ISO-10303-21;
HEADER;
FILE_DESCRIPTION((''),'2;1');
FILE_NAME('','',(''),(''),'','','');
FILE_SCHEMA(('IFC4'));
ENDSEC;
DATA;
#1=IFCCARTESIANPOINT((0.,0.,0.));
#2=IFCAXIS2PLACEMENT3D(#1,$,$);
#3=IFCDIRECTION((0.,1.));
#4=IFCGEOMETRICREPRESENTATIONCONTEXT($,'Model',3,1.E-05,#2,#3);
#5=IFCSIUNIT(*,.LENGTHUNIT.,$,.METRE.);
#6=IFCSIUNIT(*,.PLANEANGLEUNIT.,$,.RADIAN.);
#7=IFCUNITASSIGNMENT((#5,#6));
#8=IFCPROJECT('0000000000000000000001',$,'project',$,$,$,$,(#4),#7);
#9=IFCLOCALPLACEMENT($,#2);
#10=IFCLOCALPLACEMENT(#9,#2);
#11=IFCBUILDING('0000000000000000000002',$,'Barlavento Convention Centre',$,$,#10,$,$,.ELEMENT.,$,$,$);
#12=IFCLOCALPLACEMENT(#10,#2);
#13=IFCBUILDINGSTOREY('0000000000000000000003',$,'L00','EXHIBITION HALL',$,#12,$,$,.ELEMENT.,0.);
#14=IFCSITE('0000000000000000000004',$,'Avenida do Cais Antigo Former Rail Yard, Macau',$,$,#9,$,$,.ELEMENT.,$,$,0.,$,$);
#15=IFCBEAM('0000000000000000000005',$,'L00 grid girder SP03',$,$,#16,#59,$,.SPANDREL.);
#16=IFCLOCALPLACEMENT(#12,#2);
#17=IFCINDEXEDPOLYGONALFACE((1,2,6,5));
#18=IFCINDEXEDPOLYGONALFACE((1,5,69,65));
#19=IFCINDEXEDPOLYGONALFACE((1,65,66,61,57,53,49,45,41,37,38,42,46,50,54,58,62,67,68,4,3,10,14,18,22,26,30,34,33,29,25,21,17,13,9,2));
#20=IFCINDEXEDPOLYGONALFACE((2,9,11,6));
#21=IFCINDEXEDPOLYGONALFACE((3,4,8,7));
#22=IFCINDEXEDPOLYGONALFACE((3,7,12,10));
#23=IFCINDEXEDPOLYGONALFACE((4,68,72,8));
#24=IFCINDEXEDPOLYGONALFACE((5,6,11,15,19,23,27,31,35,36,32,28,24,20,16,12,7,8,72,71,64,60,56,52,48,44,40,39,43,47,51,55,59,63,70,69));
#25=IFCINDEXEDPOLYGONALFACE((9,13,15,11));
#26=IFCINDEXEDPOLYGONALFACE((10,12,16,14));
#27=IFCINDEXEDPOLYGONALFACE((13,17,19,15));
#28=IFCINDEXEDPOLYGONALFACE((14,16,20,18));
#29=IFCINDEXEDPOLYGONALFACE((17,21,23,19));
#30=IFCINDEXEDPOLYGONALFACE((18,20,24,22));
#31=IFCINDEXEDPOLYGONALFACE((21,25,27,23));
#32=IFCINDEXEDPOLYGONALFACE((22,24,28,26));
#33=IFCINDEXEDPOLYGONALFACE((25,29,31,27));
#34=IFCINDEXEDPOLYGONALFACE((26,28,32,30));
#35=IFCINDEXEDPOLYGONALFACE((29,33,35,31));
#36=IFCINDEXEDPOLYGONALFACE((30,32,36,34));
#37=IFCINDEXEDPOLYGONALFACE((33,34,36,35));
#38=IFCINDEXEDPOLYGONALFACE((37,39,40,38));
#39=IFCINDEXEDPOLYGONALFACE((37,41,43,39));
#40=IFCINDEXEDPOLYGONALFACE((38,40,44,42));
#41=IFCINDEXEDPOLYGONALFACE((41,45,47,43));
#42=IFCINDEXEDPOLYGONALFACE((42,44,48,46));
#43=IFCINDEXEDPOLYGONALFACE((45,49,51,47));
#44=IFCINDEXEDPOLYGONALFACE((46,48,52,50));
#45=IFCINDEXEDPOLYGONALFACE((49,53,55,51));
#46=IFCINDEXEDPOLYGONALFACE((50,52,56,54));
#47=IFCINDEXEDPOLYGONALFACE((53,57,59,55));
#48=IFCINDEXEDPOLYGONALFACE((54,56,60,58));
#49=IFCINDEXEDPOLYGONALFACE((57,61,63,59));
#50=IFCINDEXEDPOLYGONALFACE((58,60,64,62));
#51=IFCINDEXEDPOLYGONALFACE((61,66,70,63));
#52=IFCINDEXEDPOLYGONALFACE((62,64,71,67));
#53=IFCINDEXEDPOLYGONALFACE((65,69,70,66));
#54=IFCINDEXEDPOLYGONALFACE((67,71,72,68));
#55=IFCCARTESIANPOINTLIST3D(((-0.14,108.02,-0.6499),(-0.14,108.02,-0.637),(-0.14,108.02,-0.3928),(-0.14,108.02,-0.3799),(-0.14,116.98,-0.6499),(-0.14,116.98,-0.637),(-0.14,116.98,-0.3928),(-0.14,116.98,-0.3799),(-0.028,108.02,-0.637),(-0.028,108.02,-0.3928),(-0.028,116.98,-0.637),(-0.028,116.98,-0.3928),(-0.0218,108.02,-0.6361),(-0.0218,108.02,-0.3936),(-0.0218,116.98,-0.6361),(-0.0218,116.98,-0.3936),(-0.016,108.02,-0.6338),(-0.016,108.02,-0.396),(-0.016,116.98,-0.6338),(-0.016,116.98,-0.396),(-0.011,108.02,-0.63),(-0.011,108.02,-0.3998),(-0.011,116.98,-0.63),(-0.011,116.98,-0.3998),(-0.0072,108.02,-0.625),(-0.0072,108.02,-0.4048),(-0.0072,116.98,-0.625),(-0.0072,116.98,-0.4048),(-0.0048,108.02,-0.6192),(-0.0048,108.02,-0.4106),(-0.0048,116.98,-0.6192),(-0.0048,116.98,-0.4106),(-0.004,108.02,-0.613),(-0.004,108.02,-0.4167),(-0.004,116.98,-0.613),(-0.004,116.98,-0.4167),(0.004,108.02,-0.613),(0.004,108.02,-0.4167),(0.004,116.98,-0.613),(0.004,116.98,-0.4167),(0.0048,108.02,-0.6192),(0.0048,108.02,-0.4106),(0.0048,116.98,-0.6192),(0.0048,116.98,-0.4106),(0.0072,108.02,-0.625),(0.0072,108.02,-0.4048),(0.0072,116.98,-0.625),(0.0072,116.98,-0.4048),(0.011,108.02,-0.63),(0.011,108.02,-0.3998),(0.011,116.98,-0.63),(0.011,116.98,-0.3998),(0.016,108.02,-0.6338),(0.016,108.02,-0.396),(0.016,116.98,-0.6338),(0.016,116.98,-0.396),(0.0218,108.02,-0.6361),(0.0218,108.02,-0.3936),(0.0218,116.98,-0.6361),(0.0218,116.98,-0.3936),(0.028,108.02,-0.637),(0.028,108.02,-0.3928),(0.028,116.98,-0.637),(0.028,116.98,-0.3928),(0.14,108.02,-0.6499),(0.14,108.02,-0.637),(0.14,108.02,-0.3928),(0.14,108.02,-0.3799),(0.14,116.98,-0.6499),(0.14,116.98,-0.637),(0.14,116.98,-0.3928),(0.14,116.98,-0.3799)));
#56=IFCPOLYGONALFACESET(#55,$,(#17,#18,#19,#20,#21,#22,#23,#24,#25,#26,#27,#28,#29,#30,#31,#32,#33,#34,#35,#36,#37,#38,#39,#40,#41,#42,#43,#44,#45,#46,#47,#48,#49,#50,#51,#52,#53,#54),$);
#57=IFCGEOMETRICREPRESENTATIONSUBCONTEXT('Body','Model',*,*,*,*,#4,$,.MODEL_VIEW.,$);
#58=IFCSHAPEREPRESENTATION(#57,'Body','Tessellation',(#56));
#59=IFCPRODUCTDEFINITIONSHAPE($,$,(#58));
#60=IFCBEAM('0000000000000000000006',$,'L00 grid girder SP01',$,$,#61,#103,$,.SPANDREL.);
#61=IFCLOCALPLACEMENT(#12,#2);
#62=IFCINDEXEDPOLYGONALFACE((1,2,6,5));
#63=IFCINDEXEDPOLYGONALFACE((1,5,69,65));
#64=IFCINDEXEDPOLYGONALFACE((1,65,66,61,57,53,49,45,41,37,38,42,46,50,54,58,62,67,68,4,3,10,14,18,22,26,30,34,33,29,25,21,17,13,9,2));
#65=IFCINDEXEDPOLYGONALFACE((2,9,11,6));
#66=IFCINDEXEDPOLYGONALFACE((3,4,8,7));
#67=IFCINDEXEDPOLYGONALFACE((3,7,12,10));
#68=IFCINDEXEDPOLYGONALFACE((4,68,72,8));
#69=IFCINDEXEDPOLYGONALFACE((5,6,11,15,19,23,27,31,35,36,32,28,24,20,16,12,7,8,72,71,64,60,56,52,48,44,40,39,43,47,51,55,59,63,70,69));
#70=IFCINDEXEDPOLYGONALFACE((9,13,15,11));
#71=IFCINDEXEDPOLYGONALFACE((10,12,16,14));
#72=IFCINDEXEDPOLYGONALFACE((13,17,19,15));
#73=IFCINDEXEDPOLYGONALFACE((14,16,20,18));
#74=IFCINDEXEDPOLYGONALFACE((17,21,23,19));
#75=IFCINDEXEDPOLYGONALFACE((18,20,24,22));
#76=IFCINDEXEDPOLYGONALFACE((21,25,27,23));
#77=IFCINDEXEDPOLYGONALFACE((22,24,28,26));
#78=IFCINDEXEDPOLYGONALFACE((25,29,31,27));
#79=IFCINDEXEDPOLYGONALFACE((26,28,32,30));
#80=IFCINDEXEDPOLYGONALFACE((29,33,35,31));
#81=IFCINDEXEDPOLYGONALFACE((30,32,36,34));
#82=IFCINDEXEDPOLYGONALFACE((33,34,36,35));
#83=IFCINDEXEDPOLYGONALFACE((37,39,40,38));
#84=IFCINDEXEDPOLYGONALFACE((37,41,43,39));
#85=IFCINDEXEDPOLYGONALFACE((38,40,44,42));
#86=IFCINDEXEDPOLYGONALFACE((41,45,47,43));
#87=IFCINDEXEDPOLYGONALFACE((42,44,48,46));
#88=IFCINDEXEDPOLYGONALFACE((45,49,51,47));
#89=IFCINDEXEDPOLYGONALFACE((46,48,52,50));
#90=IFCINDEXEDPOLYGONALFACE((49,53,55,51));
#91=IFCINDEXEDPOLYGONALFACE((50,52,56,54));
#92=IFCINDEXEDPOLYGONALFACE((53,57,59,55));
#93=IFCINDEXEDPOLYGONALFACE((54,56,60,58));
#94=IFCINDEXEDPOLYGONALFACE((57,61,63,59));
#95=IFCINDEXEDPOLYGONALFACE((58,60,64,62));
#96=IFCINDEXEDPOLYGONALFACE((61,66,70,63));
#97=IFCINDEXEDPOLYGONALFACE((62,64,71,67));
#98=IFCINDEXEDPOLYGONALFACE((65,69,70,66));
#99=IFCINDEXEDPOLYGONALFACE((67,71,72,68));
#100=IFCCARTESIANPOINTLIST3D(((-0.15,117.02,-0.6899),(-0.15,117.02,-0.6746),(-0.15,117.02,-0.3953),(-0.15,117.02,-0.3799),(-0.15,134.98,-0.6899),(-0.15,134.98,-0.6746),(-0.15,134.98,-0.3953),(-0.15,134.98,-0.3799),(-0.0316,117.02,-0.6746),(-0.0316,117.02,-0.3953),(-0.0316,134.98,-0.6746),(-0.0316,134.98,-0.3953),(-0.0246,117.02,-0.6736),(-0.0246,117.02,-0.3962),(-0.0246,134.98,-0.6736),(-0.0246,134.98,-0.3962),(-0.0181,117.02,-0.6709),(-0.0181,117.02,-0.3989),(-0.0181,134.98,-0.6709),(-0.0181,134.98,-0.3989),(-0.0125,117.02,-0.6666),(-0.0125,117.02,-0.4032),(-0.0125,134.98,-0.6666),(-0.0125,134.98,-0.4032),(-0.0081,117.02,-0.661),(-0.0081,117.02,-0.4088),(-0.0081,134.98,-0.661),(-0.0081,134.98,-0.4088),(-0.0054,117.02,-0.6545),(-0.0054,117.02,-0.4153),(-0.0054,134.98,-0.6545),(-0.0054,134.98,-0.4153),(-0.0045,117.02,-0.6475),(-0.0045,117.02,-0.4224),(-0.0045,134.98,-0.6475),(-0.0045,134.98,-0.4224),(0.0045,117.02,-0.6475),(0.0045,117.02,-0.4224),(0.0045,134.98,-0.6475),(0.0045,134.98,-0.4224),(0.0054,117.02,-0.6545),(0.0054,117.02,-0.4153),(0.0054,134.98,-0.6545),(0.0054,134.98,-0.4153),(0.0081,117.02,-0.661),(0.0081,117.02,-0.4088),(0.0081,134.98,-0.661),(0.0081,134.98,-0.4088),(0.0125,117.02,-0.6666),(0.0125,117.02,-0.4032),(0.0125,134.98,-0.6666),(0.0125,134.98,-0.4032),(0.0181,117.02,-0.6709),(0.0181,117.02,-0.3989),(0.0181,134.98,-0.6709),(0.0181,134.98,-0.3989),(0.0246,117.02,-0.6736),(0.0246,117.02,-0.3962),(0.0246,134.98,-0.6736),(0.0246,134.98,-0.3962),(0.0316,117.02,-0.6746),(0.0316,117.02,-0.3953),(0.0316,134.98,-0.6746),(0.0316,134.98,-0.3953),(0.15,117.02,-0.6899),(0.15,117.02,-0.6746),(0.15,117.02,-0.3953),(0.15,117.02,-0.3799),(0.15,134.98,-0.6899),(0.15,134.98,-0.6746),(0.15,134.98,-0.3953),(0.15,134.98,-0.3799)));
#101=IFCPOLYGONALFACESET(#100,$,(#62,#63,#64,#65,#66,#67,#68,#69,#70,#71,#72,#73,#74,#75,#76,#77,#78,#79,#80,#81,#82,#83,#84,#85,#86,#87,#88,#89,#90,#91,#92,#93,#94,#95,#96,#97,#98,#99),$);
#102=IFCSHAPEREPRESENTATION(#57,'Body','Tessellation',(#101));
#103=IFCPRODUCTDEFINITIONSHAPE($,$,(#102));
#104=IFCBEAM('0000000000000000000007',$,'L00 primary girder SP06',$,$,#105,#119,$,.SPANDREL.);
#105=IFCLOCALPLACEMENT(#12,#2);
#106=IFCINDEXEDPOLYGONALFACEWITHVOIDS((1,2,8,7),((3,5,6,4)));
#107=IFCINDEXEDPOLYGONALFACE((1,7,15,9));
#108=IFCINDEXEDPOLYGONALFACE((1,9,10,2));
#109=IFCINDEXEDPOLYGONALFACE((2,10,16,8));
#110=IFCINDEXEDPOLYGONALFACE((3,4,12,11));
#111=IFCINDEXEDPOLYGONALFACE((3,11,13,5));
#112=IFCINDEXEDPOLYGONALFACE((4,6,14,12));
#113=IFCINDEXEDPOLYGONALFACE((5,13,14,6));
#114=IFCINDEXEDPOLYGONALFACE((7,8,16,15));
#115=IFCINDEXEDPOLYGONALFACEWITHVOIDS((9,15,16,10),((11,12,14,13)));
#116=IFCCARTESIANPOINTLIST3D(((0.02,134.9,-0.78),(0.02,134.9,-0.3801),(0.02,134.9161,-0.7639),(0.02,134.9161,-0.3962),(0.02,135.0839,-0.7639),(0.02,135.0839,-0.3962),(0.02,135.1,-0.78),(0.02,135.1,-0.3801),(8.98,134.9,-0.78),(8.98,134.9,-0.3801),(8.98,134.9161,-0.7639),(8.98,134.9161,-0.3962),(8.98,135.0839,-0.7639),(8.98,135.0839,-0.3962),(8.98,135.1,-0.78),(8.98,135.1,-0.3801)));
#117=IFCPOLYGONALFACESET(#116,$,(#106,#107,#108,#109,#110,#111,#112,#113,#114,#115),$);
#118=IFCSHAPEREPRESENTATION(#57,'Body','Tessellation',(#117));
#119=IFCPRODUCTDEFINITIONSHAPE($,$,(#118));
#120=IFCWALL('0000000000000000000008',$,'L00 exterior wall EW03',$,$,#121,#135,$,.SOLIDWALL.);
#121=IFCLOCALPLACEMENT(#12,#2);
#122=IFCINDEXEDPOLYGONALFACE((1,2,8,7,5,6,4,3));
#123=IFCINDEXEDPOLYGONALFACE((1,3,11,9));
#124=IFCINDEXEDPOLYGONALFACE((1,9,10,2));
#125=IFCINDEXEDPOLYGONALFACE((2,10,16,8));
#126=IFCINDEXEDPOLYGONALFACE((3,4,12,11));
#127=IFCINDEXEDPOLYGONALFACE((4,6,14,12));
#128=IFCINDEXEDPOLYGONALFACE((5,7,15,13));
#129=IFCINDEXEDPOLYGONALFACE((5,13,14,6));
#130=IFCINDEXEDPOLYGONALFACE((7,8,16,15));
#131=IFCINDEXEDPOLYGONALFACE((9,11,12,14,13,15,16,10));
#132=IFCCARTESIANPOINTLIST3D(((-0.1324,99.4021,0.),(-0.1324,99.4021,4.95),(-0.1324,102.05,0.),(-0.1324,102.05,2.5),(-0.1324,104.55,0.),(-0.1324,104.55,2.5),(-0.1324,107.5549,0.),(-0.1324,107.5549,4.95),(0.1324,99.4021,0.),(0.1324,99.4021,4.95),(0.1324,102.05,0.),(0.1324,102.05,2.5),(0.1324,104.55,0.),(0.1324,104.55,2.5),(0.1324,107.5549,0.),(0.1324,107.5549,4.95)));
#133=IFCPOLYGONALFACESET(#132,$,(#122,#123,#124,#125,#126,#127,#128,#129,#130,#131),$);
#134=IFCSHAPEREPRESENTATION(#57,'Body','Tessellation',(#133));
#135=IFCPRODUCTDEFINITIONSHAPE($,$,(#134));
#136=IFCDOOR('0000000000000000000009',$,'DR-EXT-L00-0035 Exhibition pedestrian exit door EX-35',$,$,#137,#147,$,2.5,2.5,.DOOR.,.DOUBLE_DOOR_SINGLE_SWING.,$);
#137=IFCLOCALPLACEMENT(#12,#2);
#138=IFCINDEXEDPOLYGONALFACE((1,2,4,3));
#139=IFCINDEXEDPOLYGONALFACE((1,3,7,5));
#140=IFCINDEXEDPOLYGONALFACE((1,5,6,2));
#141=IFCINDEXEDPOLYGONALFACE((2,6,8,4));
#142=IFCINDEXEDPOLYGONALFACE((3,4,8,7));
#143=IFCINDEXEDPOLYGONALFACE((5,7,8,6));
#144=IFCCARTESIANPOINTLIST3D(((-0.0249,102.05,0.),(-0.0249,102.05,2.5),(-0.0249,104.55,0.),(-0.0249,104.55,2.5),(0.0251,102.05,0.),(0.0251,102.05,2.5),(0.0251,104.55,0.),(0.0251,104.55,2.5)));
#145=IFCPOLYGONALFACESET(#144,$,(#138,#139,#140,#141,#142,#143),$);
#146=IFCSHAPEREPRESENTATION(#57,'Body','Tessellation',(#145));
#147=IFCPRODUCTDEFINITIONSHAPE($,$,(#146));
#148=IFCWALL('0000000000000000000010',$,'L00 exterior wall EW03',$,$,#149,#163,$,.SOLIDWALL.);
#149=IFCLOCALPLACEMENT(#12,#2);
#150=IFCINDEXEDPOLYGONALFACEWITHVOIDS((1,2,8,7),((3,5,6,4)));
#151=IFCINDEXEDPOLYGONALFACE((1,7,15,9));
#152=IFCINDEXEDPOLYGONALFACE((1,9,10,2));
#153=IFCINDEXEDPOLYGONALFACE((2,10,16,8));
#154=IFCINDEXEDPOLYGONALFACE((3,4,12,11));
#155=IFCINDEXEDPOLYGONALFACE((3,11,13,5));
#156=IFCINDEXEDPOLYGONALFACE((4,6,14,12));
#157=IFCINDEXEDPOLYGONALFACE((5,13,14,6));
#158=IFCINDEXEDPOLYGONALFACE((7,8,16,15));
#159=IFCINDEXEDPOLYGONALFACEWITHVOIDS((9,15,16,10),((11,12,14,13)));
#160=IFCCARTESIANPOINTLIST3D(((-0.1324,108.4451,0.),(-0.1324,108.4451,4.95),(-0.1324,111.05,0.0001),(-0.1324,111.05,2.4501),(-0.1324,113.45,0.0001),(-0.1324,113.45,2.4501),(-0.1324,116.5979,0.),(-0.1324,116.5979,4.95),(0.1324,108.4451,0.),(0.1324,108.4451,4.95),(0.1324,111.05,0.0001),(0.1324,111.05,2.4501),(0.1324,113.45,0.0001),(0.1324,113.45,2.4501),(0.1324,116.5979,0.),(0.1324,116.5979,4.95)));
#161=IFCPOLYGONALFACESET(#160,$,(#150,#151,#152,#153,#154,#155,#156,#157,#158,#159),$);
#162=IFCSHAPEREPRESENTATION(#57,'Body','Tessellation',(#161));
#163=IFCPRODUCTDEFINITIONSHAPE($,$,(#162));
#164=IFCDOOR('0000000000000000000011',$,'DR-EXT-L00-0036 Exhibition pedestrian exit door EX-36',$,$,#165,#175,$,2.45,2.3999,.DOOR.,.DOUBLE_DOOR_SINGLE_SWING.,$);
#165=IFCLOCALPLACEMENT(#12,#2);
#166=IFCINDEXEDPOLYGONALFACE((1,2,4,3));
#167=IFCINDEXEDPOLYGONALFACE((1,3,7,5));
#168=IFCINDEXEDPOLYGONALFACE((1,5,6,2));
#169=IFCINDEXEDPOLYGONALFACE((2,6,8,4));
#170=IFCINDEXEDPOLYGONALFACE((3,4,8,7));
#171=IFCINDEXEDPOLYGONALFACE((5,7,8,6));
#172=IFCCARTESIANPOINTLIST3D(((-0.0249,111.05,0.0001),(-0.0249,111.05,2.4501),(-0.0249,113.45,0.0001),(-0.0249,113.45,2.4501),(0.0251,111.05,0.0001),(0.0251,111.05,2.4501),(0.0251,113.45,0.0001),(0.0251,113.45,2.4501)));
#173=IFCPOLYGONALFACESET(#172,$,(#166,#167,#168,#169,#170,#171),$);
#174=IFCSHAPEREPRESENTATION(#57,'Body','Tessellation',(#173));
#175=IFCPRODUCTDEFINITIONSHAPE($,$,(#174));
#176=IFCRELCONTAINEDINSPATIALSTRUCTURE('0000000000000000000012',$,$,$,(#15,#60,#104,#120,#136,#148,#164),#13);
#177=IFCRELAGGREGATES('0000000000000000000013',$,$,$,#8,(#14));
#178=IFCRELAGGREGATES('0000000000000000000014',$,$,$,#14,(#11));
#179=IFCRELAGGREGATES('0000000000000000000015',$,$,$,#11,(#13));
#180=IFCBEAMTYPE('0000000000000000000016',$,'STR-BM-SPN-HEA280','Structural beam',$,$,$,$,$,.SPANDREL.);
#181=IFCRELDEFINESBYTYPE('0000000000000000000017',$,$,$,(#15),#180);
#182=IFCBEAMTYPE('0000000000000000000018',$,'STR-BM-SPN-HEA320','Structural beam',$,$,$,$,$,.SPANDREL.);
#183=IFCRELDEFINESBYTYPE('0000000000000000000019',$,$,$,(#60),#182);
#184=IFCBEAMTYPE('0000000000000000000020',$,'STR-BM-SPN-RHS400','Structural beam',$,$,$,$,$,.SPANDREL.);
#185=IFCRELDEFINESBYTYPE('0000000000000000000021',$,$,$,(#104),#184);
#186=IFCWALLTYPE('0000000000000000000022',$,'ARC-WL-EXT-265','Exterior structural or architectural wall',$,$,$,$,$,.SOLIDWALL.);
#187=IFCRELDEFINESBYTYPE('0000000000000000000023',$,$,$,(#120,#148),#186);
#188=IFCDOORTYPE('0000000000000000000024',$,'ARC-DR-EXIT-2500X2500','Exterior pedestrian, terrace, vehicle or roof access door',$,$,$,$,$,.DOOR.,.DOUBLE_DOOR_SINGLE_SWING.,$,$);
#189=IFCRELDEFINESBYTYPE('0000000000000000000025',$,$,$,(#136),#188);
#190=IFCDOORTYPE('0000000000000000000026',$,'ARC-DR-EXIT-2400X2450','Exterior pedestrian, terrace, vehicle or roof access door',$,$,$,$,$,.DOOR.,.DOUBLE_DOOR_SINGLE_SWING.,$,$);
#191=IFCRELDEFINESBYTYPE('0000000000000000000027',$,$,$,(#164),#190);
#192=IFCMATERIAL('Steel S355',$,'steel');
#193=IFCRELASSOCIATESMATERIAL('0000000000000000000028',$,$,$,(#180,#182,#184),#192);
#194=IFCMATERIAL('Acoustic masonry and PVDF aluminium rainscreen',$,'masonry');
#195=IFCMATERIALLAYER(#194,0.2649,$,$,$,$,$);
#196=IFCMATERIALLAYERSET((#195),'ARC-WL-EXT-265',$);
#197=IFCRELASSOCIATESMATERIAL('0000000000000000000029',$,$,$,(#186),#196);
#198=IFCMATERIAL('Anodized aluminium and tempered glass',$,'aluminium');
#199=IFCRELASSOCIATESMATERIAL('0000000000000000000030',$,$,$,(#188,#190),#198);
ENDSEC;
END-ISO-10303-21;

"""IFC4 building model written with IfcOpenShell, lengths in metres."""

from ifc_helpers import new_model, si_unit, direction, frame, frame_2d, origin, origin_2d, place, context, subcontext, project, spatial, rectangle, hollow_rectangle, i_section, extrude, material, layer, layer_set, material_profile, profile_set, type_object, element, fill, save


model = new_model("IFC4")

# Units and contexts
model_context = context("Model", 3, precision=1e-05, world=origin(), true_north=direction((0.0, 1.0)))
body_context = subcontext(model_context, "Body", "Model", "MODEL_VIEW")
ifc_project = project(units=[si_unit("LENGTHUNIT", "METRE"), si_unit("PLANEANGLEUNIT", "RADIAN")], contexts=[model_context])

# Site, building, storey
site_placement = place(None, origin())
site = spatial("IfcSite", under=ifc_project, at=site_placement, Name="Avenida do Cais Antigo Former Rail Yard, Macau", CompositionType="ELEMENT", RefElevation=0.0)
building_placement = place(site_placement, origin())
building = spatial("IfcBuilding", under=site, at=building_placement, Name="Barlavento Convention Centre", CompositionType="ELEMENT")
storey_placement = place(building_placement, origin())
storey = spatial("IfcBuildingStorey", under=building, at=storey_placement, Name="L00", Description="EXHIBITION HALL", CompositionType="ELEMENT", Elevation=0.0)

# Beams
ifc_material_1 = material(Name="Steel S355", Category="steel")
ifc_material_profile_1 = material_profile(ifc_material_1, i_section(OverallWidth=0.28, OverallDepth=0.27, WebThickness=0.0081, FlangeThickness=0.0129, FilletRadius=0.0239, at=origin_2d()), Name="HEA 280")
ifc_profile_set_1 = profile_set([ifc_material_profile_1], Name="Steel S355")
beam_type_1 = type_object("IfcBeamType", Name="STR-BM-SPN-HEA280", Description="Structural beam", PredefinedType="SPANDREL", material=ifc_profile_set_1)
beam_1_placement = place(storey_placement, frame((0.0, 108.02, -0.5149), z_axis=(0.0, 1.0, 0.0), x_axis=(-1.0, 0.0, 0.0)))
element("IfcBeam", 1, at=beam_1_placement, inside=storey, type_object=beam_type_1, Name="L00 grid girder SP03", PredefinedType="SPANDREL", context=body_context, shape_type="SweptSolid", body=[
    extrude(i_section(OverallWidth=0.28, OverallDepth=0.27, WebThickness=0.0081, FlangeThickness=0.0129, FilletRadius=0.0239, at=origin_2d()), origin(), (0.0, 0.0, 1.0), 8.96),
])
ifc_material_profile_2 = material_profile(ifc_material_1, i_section(OverallWidth=0.3, OverallDepth=0.3101, WebThickness=0.009, FlangeThickness=0.0154, FilletRadius=0.0271, at=origin_2d()), Name="HEA 320")
ifc_profile_set_2 = profile_set([ifc_material_profile_2], Name="Steel S355")
beam_type_2 = type_object("IfcBeamType", Name="STR-BM-SPN-HEA320", Description="Structural beam", PredefinedType="SPANDREL", material=ifc_profile_set_2)
beam_2_placement = place(storey_placement, frame((0.0, 117.02, -0.5349), z_axis=(0.0, 1.0, 0.0), x_axis=(-1.0, 0.0, 0.0)))
element("IfcBeam", 2, at=beam_2_placement, inside=storey, type_object=beam_type_2, Name="L00 grid girder SP01", PredefinedType="SPANDREL", context=body_context, shape_type="SweptSolid", body=[
    extrude(i_section(OverallWidth=0.3, OverallDepth=0.3101, WebThickness=0.009, FlangeThickness=0.0154, FilletRadius=0.0271, at=origin_2d()), origin(), (0.0, 0.0, 1.0), 17.96),
])
ifc_material_profile_3 = material_profile(ifc_material_1, hollow_rectangle(XDim=0.2, YDim=0.3999, WallThickness=0.0161, at=origin_2d()), Name="RHS 400x200x16.0")
ifc_profile_set_3 = profile_set([ifc_material_profile_3], Name="Steel S355")
beam_type_3 = type_object("IfcBeamType", Name="STR-BM-SPN-RHS400", Description="Structural beam", PredefinedType="SPANDREL", material=ifc_profile_set_3)
beam_3_placement = place(storey_placement, frame((0.02, 135.0, -0.5801), z_axis=(1.0, 0.0, 0.0), x_axis=(0.0, 1.0, 0.0)))
element("IfcBeam", 3, at=beam_3_placement, inside=storey, type_object=beam_type_3, Name="L00 primary girder SP06", PredefinedType="SPANDREL", context=body_context, shape_type="SweptSolid", body=[
    extrude(hollow_rectangle(XDim=0.2, YDim=0.3999, WallThickness=0.0161, at=origin_2d()), origin(), (0.0, 0.0, 1.0), 8.96),
])

# Walls, openings, doors
ifc_material_2 = material(Name="Acoustic masonry and PVDF aluminium rainscreen", Category="masonry")
ifc_layer = layer(ifc_material_2, 0.2649)
ifc_layer_set = layer_set([ifc_layer], Name="ARC-WL-EXT-265")
wall_type = type_object("IfcWallType", Name="ARC-WL-EXT-265", Description="Exterior structural or architectural wall", PredefinedType="SOLIDWALL", material=ifc_layer_set)
wall_1_placement = place(storey_placement, frame((0.0, 99.4021, 0.0), z_axis=(0.0, 0.0, 1.0), x_axis=(0.0, 1.0, 0.0)))
wall_1 = element("IfcWall", 4, at=wall_1_placement, inside=storey, type_object=wall_type, Name="L00 exterior wall EW03", PredefinedType="SOLIDWALL", context=body_context, shape_type="SweptSolid", body=[
    extrude(rectangle(XDim=8.1528, YDim=0.2649, at=frame_2d((4.0764, 0.0))), origin(), (0.0, 0.0, 1.0), 4.95),
])
opening_1_placement = place(wall_1_placement, frame((2.6479, 0.0, 0.0)))
opening_1 = element("IfcOpeningElement", 5, at=opening_1_placement, cuts=wall_1, PredefinedType="OPENING", context=body_context, shape_type="SweptSolid", body=[
    extrude(rectangle(XDim=2.5, YDim=2.5, at=frame_2d((1.25, 1.25))), frame((0.0, 0.1423, 0.0), z_axis=(0.0, -1.0, 0.0), x_axis=(1.0, 0.0, 0.0)), (0.0, 0.0, 1.0), 0.2849),
])
ifc_material_3 = material(Name="Anodized aluminium and tempered glass", Category="aluminium")
door_type_1 = type_object("IfcDoorType", Name="ARC-DR-EXIT-2500X2500", Description="Exterior pedestrian, terrace, vehicle or roof access door", OperationType="DOUBLE_DOOR_SINGLE_SWING", PredefinedType="DOOR", material=ifc_material_3)
door_1_placement = place(opening_1_placement, origin())
door_1 = element("IfcDoor", 6, at=door_1_placement, inside=storey, type_object=door_type_1, Name="DR-EXT-L00-0035 Exhibition pedestrian exit door EX-35", OperationType="DOUBLE_DOOR_SINGLE_SWING", OverallHeight=2.5, OverallWidth=2.5, PredefinedType="DOOR", context=body_context, shape_type="SweptSolid", body=[
    extrude(rectangle(XDim=2.5, YDim=2.5, at=frame_2d((1.25, 1.25))), frame((0.0, 0.0249, 0.0), z_axis=(0.0, -1.0, 0.0), x_axis=(1.0, 0.0, 0.0)), (0.0, 0.0, 1.0), 0.05),
])
fill(opening_1, door_1)
wall_2_placement = place(storey_placement, frame((0.0, 108.4451, 0.0), z_axis=(0.0, 0.0, 1.0), x_axis=(0.0, 1.0, 0.0)))
wall_2 = element("IfcWall", 7, at=wall_2_placement, inside=storey, type_object=wall_type, Name="L00 exterior wall EW03", PredefinedType="SOLIDWALL", context=body_context, shape_type="SweptSolid", body=[
    extrude(rectangle(XDim=8.1528, YDim=0.2649, at=frame_2d((4.0764, 0.0))), origin(), (0.0, 0.0, 1.0), 4.95),
])
opening_2_placement = place(wall_2_placement, frame((2.605, 0.0, 0.0)))
opening_2 = element("IfcOpeningElement", 8, at=opening_2_placement, cuts=wall_2, PredefinedType="OPENING", context=body_context, shape_type="SweptSolid", body=[
    extrude(rectangle(XDim=2.3999, YDim=2.45, at=frame_2d((1.2, 1.2251))), frame((0.0, 0.1423, 0.0), z_axis=(0.0, -1.0, 0.0), x_axis=(1.0, 0.0, 0.0)), (0.0, 0.0, 1.0), 0.2849),
])
door_type_2 = type_object("IfcDoorType", Name="ARC-DR-EXIT-2400X2450", Description="Exterior pedestrian, terrace, vehicle or roof access door", OperationType="DOUBLE_DOOR_SINGLE_SWING", PredefinedType="DOOR", material=ifc_material_3)
door_2_placement = place(opening_2_placement, origin())
door_2 = element("IfcDoor", 9, at=door_2_placement, inside=storey, type_object=door_type_2, Name="DR-EXT-L00-0036 Exhibition pedestrian exit door EX-36", OperationType="DOUBLE_DOOR_SINGLE_SWING", OverallHeight=2.45, OverallWidth=2.3999, PredefinedType="DOOR", context=body_context, shape_type="SweptSolid", body=[
    extrude(rectangle(XDim=2.3999, YDim=2.45, at=frame_2d((1.2, 1.2251))), frame((0.0, 0.0249, 0.0), z_axis=(0.0, -1.0, 0.0), x_axis=(1.0, 0.0, 0.0)), (0.0, 0.0, 1.0), 0.05),
])
fill(opening_2, door_2)

save(model, "model.ifc")
